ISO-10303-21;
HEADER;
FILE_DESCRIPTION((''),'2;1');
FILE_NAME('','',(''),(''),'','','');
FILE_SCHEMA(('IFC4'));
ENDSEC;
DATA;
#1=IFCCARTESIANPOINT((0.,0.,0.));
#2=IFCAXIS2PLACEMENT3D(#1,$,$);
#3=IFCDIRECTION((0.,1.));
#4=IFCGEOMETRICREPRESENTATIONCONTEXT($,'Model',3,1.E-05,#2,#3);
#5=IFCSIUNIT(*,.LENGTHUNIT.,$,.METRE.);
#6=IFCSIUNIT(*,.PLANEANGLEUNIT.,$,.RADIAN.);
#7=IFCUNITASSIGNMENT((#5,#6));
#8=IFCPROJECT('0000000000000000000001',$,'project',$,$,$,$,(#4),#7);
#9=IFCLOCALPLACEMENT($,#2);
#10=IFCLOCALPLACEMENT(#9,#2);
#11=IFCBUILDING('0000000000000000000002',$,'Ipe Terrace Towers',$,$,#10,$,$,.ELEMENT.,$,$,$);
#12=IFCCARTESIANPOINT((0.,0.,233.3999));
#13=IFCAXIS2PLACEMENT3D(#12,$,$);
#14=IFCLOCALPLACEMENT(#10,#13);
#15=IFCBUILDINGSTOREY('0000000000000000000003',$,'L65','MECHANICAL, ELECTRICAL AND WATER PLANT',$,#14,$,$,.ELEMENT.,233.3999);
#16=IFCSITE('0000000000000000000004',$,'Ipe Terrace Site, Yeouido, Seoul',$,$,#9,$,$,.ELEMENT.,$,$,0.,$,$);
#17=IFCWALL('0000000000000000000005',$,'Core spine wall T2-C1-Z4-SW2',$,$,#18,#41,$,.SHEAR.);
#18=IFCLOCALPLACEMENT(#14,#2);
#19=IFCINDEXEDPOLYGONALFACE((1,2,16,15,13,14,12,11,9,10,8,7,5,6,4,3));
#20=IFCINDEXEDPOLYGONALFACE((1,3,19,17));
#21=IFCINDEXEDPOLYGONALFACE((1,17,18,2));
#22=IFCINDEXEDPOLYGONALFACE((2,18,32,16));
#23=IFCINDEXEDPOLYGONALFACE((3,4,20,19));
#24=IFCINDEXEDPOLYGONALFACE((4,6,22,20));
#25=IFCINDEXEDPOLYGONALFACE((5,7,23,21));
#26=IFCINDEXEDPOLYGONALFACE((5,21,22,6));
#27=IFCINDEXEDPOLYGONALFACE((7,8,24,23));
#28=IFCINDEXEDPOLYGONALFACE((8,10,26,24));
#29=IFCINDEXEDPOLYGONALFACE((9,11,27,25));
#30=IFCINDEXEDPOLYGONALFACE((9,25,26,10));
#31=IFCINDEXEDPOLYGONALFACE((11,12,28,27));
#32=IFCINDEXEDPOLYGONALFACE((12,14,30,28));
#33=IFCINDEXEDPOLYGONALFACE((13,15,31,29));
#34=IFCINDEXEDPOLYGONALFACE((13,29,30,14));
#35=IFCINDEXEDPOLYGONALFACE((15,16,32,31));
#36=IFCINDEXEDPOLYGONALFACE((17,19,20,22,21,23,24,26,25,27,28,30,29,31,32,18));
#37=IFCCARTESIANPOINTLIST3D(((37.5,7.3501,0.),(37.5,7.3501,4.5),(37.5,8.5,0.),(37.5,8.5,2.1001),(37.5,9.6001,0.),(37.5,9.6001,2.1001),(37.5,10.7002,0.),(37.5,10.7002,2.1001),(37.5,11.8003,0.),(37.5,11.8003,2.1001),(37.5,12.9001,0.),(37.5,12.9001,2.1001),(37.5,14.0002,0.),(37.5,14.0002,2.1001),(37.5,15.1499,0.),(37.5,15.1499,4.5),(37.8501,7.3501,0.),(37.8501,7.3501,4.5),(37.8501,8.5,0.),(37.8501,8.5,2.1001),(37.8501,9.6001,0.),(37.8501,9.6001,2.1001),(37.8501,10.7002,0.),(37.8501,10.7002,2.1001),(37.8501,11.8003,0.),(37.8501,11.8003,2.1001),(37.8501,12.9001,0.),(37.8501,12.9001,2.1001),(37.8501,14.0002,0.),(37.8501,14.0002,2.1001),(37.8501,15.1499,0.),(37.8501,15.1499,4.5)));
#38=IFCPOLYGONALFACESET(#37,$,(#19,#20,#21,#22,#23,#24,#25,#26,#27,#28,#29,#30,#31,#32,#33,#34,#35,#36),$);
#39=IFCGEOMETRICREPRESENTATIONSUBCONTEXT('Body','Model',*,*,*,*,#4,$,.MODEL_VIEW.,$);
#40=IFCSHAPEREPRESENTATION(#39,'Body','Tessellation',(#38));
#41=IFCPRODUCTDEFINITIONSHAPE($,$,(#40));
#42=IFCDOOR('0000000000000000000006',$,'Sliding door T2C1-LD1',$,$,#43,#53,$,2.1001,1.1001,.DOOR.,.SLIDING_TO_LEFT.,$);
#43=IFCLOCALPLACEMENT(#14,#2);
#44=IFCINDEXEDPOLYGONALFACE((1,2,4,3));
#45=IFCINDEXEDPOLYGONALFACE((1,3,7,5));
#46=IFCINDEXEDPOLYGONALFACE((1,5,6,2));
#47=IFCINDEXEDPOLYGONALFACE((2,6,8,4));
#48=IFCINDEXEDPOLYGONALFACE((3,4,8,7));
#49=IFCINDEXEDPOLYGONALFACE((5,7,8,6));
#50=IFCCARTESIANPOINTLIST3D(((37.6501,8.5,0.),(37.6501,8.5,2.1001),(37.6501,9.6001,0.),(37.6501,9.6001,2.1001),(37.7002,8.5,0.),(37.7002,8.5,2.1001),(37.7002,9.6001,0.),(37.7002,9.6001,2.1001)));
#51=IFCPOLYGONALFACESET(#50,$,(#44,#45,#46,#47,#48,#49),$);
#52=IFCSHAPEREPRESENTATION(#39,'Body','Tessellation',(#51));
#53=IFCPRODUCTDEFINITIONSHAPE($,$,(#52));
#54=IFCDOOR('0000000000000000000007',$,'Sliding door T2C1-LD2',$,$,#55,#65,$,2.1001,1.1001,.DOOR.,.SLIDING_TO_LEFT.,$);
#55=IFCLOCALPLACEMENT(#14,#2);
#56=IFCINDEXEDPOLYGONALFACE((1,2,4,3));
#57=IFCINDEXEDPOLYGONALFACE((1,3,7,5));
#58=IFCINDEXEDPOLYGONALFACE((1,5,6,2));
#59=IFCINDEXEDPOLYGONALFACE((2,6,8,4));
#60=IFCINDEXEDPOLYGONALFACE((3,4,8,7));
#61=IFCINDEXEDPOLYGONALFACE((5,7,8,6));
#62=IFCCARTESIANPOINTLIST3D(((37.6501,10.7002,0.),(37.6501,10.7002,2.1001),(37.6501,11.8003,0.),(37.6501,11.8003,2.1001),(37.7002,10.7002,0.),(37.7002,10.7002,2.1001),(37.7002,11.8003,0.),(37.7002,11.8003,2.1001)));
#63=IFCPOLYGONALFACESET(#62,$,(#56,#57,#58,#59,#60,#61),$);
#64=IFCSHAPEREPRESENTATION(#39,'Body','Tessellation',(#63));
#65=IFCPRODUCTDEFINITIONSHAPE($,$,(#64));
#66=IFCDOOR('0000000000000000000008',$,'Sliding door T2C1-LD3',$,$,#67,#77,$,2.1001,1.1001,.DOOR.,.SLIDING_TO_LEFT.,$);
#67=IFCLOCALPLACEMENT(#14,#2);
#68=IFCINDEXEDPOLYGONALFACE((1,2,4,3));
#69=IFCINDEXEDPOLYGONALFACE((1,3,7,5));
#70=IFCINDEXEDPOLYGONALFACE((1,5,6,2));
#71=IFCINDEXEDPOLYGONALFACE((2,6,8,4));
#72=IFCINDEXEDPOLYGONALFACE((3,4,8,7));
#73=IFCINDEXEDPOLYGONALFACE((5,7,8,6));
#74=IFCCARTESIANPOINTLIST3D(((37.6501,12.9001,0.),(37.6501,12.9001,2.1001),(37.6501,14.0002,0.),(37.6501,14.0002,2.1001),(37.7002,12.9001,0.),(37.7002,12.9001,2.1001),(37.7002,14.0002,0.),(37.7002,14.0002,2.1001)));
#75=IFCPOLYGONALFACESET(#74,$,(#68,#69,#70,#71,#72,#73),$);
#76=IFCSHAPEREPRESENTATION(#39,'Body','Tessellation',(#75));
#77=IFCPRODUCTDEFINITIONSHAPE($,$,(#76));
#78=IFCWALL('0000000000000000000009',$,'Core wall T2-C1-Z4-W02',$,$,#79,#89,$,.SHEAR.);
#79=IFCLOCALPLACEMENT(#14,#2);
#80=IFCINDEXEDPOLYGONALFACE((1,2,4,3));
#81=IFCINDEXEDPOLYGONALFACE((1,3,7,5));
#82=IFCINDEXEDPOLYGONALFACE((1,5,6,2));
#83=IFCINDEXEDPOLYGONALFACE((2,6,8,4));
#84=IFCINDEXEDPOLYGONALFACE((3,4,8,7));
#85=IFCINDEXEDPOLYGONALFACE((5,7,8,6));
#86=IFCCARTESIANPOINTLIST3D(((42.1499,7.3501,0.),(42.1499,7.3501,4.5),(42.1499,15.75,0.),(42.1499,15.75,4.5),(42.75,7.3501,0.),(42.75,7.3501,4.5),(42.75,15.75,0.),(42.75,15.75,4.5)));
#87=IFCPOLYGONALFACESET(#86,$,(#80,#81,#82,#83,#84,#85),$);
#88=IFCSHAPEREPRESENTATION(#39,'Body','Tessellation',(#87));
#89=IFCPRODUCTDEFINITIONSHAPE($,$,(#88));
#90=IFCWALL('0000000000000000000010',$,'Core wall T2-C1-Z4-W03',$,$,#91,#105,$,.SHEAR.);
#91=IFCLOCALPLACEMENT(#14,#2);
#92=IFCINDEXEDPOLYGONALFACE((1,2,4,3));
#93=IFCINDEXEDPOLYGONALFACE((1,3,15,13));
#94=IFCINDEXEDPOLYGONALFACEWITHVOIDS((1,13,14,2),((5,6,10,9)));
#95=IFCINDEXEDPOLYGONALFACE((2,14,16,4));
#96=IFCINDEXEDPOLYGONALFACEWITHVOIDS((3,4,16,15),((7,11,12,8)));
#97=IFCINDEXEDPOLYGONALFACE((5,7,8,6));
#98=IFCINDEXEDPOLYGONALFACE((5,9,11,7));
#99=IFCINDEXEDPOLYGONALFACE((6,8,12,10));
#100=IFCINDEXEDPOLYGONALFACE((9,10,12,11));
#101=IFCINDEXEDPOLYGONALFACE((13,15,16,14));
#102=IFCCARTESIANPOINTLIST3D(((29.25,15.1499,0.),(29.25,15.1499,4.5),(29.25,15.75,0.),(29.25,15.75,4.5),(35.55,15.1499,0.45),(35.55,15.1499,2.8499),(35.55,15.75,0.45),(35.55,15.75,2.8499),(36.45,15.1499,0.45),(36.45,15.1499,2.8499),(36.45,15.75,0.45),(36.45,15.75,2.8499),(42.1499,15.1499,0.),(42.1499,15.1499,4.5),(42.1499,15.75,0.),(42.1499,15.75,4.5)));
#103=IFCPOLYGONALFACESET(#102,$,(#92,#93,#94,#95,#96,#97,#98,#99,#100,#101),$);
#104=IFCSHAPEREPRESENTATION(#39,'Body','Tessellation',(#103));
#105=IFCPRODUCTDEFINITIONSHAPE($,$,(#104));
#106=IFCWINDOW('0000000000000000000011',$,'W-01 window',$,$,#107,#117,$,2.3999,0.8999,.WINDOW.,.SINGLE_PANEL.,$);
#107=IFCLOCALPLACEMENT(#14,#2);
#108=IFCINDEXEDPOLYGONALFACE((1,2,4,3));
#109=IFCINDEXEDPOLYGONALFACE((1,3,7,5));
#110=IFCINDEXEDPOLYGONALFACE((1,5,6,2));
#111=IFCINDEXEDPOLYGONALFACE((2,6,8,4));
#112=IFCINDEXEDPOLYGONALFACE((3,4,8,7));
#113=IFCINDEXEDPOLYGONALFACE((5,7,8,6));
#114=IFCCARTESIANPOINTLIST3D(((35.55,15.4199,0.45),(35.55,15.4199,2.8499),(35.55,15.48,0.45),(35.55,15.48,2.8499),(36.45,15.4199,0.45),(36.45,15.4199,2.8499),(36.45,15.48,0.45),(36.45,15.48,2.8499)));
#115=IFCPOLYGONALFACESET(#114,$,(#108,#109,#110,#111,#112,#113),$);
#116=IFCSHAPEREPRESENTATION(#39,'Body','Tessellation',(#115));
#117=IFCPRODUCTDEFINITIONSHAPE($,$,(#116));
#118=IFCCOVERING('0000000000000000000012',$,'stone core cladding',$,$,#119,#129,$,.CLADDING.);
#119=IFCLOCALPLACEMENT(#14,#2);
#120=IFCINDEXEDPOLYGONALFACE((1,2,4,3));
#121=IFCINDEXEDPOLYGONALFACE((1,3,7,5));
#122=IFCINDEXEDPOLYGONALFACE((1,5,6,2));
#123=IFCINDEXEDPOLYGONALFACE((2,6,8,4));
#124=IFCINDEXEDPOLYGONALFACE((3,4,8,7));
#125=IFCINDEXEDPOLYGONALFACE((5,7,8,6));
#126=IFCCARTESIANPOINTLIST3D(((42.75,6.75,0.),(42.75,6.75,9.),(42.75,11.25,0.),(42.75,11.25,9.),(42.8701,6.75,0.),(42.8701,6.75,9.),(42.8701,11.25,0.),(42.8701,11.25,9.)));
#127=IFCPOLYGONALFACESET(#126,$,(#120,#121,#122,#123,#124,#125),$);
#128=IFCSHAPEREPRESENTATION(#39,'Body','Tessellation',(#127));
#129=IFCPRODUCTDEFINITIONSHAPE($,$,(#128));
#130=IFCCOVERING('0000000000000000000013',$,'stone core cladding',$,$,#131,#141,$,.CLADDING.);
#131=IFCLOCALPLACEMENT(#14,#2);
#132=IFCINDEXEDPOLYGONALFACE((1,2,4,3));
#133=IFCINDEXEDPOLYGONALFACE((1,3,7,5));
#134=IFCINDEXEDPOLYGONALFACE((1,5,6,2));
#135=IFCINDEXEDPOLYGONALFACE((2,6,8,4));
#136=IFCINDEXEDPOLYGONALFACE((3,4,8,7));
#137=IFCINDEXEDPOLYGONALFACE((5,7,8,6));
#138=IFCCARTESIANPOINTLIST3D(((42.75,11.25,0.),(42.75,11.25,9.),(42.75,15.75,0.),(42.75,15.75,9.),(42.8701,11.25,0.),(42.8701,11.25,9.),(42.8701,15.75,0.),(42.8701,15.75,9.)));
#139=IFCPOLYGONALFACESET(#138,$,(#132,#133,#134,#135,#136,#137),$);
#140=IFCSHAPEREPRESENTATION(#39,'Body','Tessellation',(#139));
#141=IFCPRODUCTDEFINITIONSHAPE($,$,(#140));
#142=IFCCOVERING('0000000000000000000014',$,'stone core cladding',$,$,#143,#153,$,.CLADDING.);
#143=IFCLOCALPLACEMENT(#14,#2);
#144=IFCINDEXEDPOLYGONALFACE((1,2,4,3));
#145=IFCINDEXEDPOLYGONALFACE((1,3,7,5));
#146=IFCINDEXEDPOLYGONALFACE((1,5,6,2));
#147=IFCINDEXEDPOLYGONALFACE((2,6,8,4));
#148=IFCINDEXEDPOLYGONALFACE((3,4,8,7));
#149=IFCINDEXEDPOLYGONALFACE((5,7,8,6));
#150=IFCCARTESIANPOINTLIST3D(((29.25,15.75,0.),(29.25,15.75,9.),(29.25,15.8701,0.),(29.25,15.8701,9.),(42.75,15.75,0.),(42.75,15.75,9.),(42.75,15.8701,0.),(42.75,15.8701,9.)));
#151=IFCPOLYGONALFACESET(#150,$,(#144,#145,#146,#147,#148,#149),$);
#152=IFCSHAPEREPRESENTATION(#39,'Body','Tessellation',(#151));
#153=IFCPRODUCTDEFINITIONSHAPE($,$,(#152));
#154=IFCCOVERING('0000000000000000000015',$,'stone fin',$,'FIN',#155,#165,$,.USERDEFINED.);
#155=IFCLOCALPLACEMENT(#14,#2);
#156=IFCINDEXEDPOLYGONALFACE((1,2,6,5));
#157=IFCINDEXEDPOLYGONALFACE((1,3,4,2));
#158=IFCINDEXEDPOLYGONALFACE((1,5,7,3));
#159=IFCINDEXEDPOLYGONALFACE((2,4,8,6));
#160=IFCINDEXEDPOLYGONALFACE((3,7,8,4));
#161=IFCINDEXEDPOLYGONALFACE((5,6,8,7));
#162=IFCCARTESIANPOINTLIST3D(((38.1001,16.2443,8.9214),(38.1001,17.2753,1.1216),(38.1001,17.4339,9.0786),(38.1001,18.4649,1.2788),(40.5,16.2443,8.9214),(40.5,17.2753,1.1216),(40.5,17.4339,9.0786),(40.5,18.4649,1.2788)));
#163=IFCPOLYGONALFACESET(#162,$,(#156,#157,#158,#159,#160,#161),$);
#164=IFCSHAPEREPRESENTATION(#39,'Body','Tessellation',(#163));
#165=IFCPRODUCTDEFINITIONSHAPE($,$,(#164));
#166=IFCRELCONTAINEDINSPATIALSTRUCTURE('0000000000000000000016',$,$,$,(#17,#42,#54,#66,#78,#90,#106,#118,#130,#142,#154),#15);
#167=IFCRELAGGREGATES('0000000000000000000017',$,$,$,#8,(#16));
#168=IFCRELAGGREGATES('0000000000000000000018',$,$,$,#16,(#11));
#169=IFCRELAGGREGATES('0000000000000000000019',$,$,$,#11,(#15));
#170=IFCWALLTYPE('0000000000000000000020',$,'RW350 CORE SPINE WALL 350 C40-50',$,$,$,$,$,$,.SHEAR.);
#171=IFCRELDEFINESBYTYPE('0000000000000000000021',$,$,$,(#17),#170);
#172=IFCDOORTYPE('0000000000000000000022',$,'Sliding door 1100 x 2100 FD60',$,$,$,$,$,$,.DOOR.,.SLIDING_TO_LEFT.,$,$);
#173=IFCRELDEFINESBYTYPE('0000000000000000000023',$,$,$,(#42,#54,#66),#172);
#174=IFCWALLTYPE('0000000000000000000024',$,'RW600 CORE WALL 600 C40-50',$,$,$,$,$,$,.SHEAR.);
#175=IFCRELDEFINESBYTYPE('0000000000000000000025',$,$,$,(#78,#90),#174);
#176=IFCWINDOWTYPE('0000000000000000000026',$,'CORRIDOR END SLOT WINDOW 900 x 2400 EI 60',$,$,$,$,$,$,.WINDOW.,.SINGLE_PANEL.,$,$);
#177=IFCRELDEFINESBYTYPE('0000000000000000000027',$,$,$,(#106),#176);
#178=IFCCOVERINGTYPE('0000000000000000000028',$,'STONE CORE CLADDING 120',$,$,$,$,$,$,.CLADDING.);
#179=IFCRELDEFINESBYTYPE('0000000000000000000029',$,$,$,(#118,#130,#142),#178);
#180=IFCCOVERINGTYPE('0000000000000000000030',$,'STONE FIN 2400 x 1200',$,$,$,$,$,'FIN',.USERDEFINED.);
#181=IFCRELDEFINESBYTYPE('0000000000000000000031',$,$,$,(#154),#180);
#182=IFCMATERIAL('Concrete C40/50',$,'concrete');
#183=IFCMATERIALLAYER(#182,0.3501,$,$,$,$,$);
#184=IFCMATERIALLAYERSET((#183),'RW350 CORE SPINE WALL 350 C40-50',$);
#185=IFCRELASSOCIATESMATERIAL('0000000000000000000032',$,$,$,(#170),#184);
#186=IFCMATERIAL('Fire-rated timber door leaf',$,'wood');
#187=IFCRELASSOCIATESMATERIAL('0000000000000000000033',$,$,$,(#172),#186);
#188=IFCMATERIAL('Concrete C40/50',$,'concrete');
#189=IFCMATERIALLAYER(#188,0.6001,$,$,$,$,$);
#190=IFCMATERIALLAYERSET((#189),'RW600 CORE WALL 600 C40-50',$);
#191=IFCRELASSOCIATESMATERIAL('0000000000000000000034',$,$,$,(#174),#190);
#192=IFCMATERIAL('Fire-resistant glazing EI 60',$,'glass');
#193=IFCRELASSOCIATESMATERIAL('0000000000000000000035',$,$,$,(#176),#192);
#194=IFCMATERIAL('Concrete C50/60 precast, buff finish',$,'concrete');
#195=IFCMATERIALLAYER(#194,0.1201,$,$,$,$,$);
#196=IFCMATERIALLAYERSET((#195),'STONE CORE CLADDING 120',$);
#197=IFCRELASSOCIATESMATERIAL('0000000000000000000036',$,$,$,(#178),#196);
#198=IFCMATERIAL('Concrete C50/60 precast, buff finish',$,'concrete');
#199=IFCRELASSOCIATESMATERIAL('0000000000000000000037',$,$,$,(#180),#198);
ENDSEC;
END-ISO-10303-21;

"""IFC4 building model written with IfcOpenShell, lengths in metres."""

from ifc_helpers import new_model, si_unit, direction, frame, frame_2d, origin, origin_2d, place, context, subcontext, project, spatial, rectangle, extrude, material, layer, layer_set, material_profile, profile_set, type_object, element, fill, save


model = new_model("IFC4")

# Units and contexts
model_context = context("Model", 3, precision=1e-05, world=origin(), true_north=direction((0.0, 1.0)))
body_context = subcontext(model_context, "Body", "Model", "MODEL_VIEW")
ifc_project = project(units=[si_unit("LENGTHUNIT", "METRE"), si_unit("PLANEANGLEUNIT", "RADIAN")], contexts=[model_context])

# Site, building, storey
site_placement = place(None, origin())
site = spatial("IfcSite", under=ifc_project, at=site_placement, Name="Ipe Terrace Site, Yeouido, Seoul", CompositionType="ELEMENT", RefElevation=0.0)
building_placement = place(site_placement, origin())
building = spatial("IfcBuilding", under=site, at=building_placement, Name="Ipe Terrace Towers", CompositionType="ELEMENT")
storey_placement = place(building_placement, frame((0.0, 0.0, 233.3999)))
storey = spatial("IfcBuildingStorey", under=building, at=storey_placement, Name="L65", Description="MECHANICAL, ELECTRICAL AND WATER PLANT", CompositionType="ELEMENT", Elevation=233.3999)

# Shared definitions
ifc_material_1 = material(Name="Concrete C40/50", Category="concrete")
ifc_layer_1 = layer(ifc_material_1, 0.3501)
ifc_layer_set_1 = layer_set([ifc_layer_1], Name="RW350 CORE SPINE WALL 350 C40-50")
wall_type_1 = type_object("IfcWallType", Name="RW350 CORE SPINE WALL 350 C40-50", PredefinedType="SHEAR", material=ifc_layer_set_1)

# Wall, openings, doors
wall_1_placement = place(storey_placement, frame((37.675, 7.3501, 0.0), z_axis=(0.0, 0.0, 1.0), x_axis=(0.0, 1.0, 0.0)))
wall_1 = element("IfcWall", 1, at=wall_1_placement, inside=storey, type_object=wall_type_1, Name="Core spine wall T2-C1-Z4-SW2", PredefinedType="SHEAR", context=body_context, shape_type="SweptSolid", body=[
    extrude(rectangle(XDim=7.7998, YDim=0.3501, at=frame_2d((3.8999, 0.0))), origin(), (0.0, 0.0, 1.0), 4.5),
])
opening_1_placement = place(wall_1_placement, frame((1.1499, 0.0, 0.0)))
opening_1 = element("IfcOpeningElement", 2, at=opening_1_placement, cuts=wall_1, PredefinedType="OPENING", context=body_context, shape_type="SweptSolid", body=[
    extrude(rectangle(XDim=1.1001, YDim=2.1001, at=frame_2d((0.55, 1.05))), frame((0.0, 0.1851, 0.0), z_axis=(0.0, -1.0, 0.0), x_axis=(1.0, 0.0, 0.0)), (0.0, 0.0, 1.0), 0.3701),
])
opening_2_placement = place(wall_1_placement, frame((3.3501, 0.0, 0.0)))
opening_2 = element("IfcOpeningElement", 3, at=opening_2_placement, cuts=wall_1, PredefinedType="OPENING", context=body_context, shape_type="SweptSolid", body=[
    extrude(rectangle(XDim=1.1001, YDim=2.1001, at=frame_2d((0.55, 1.05))), frame((0.0, 0.1851, 0.0), z_axis=(0.0, -1.0, 0.0), x_axis=(1.0, 0.0, 0.0)), (0.0, 0.0, 1.0), 0.3701),
])
opening_3_placement = place(wall_1_placement, frame((5.55, 0.0, 0.0)))
opening_3 = element("IfcOpeningElement", 4, at=opening_3_placement, cuts=wall_1, PredefinedType="OPENING", context=body_context, shape_type="SweptSolid", body=[
    extrude(rectangle(XDim=1.1001, YDim=2.1001, at=frame_2d((0.55, 1.05))), frame((0.0, 0.1851, 0.0), z_axis=(0.0, -1.0, 0.0), x_axis=(1.0, 0.0, 0.0)), (0.0, 0.0, 1.0), 0.3701),
])
ifc_material_2 = material(Name="Fire-rated timber door leaf", Category="wood")
door_type_1 = type_object("IfcDoorType", Name="Sliding door 1100 x 2100 FD60", OperationType="SLIDING_TO_LEFT", PredefinedType="DOOR", material=ifc_material_2)
door_1_placement = place(opening_1_placement, origin())
door_1 = element("IfcDoor", 5, at=door_1_placement, inside=storey, type_object=door_type_1, Name="Sliding door T2C1-LD1", OperationType="SLIDING_TO_LEFT", OverallHeight=2.1001, OverallWidth=1.1001, PredefinedType="DOOR", context=body_context, shape_type="SweptSolid", body=[
    extrude(rectangle(XDim=1.1001, YDim=2.1001, at=frame_2d((0.55, 1.05))), frame((0.0, 0.0249, 0.0), z_axis=(0.0, -1.0, 0.0), x_axis=(1.0, 0.0, 0.0)), (0.0, 0.0, 1.0), 0.05),
])
fill(opening_1, door_1)
door_2_placement = place(opening_2_placement, origin())
door_2 = element("IfcDoor", 6, at=door_2_placement, inside=storey, type_object=door_type_1, Name="Sliding door T2C1-LD2", OperationType="SLIDING_TO_LEFT", OverallHeight=2.1001, OverallWidth=1.1001, PredefinedType="DOOR", context=body_context, shape_type="SweptSolid", body=[
    extrude(rectangle(XDim=1.1001, YDim=2.1001, at=frame_2d((0.55, 1.05))), frame((0.0, 0.0249, 0.0), z_axis=(0.0, -1.0, 0.0), x_axis=(1.0, 0.0, 0.0)), (0.0, 0.0, 1.0), 0.05),
])
fill(opening_2, door_2)
door_3_placement = place(opening_3_placement, origin())
door_3 = element("IfcDoor", 7, at=door_3_placement, inside=storey, type_object=door_type_1, Name="Sliding door T2C1-LD3", OperationType="SLIDING_TO_LEFT", OverallHeight=2.1001, OverallWidth=1.1001, PredefinedType="DOOR", context=body_context, shape_type="SweptSolid", body=[
    extrude(rectangle(XDim=1.1001, YDim=2.1001, at=frame_2d((0.55, 1.05))), frame((0.0, 0.0249, 0.0), z_axis=(0.0, -1.0, 0.0), x_axis=(1.0, 0.0, 0.0)), (0.0, 0.0, 1.0), 0.05),
])
fill(opening_3, door_3)

# Wall
ifc_material_3 = material(Name="Concrete C40/50", Category="concrete")
ifc_layer_2 = layer(ifc_material_3, 0.6001)
ifc_layer_set_2 = layer_set([ifc_layer_2], Name="RW600 CORE WALL 600 C40-50")
wall_type_2 = type_object("IfcWallType", Name="RW600 CORE WALL 600 C40-50", PredefinedType="SHEAR", material=ifc_layer_set_2)
wall_2_placement = place(storey_placement, frame((42.45, 7.3501, 0.0), z_axis=(0.0, 0.0, 1.0), x_axis=(0.0, 1.0, 0.0)))
element("IfcWall", 8, at=wall_2_placement, inside=storey, type_object=wall_type_2, Name="Core wall T2-C1-Z4-W02", PredefinedType="SHEAR", context=body_context, shape_type="SweptSolid", body=[
    extrude(rectangle(XDim=8.3999, YDim=0.6001, at=frame_2d((4.2, 0.0))), origin(), (0.0, 0.0, 1.0), 4.5),
])

# Wall, opening, window
wall_3_placement = place(storey_placement, frame((42.1499, 15.45, 0.0), z_axis=(0.0, 0.0, 1.0), x_axis=(-1.0, 0.0, 0.0)))
wall_3 = element("IfcWall", 9, at=wall_3_placement, inside=storey, type_object=wall_type_2, Name="Core wall T2-C1-Z4-W03", PredefinedType="SHEAR", context=body_context, shape_type="SweptSolid", body=[
    extrude(rectangle(XDim=12.8999, YDim=0.6001, at=frame_2d((6.45, 0.0))), origin(), (0.0, 0.0, 1.0), 4.5),
])
opening_4_placement = place(wall_3_placement, frame((5.7, 0.0, 0.45)))
opening_4 = element("IfcOpeningElement", 10, at=opening_4_placement, cuts=wall_3, PredefinedType="OPENING", context=body_context, shape_type="SweptSolid", body=[
    extrude(rectangle(XDim=0.8999, YDim=2.3999, at=frame_2d((0.45, 1.2))), frame((0.0, 0.3101, 0.0), z_axis=(0.0, -1.0, 0.0), x_axis=(1.0, 0.0, 0.0)), (0.0, 0.0, 1.0), 0.6201),
])
ifc_material_4 = material(Name="Fire-resistant glazing EI 60", Category="glass")
window_type = type_object("IfcWindowType", Name="CORRIDOR END SLOT WINDOW 900 x 2400 EI 60", PartitioningType="SINGLE_PANEL", PredefinedType="WINDOW", material=ifc_material_4)
window_placement = place(opening_4_placement, origin())
window = element("IfcWindow", 11, at=window_placement, inside=storey, type_object=window_type, Name="W-01 window", OverallHeight=2.3999, OverallWidth=0.8999, PartitioningType="SINGLE_PANEL", PredefinedType="WINDOW", context=body_context, shape_type="SweptSolid", body=[
    extrude(rectangle(XDim=0.8999, YDim=2.3999, at=frame_2d((0.45, 1.2))), frame((0.0, 0.03, 0.0), z_axis=(0.0, -1.0, 0.0), x_axis=(1.0, 0.0, 0.0)), (0.0, 0.0, 1.0), 0.0601),
])
fill(opening_4, window)

# Coverings
ifc_material_5 = material(Name="Concrete C50/60 precast, buff finish", Category="concrete")
ifc_layer_3 = layer(ifc_material_5, 0.1201)
ifc_layer_set_3 = layer_set([ifc_layer_3], Name="STONE CORE CLADDING 120")
covering_type_1 = type_object("IfcCoveringType", Name="STONE CORE CLADDING 120", PredefinedType="CLADDING", material=ifc_layer_set_3)
for number, where, z_axis, x_axis, name in (
    (12, (42.8101, 9.0, 0.0), (0.0, 0.0, 1.0), (0.0, 1.0, 0.0), "stone core cladding"),
    (13, (42.8101, 13.5, 0.0), (0.0, 0.0, 1.0), (0.0, 1.0, 0.0), "stone core cladding"),
):
    element("IfcCovering", number, at=place(storey_placement, frame(where, z_axis=z_axis, x_axis=x_axis)), inside=storey, type_object=covering_type_1, Name=name, PredefinedType="CLADDING", context=body_context, shape_type="SweptSolid", body=[
        extrude(rectangle(XDim=4.5, YDim=0.1201, at=origin_2d()), origin(), (0.0, 0.0, 1.0), 9.0),
    ])
covering_1_placement = place(storey_placement, frame((36.0, 15.8101, 0.0), z_axis=(0.0, 0.0, 1.0), x_axis=(-1.0, 0.0, 0.0)))
element("IfcCovering", 14, at=covering_1_placement, inside=storey, type_object=covering_type_1, Name="stone core cladding", PredefinedType="CLADDING", context=body_context, shape_type="SweptSolid", body=[
    extrude(rectangle(XDim=13.5, YDim=0.1201, at=origin_2d()), origin(), (0.0, 0.0, 1.0), 9.0),
])
ifc_material_6 = material(Name="Concrete C50/60 precast, buff finish", Category="concrete")
ifc_material_profile_1 = material_profile(ifc_material_6, rectangle(XDim=2.3999, YDim=1.2, at=origin_2d()), Name="STONE FIN 2400 x 1200")
ifc_profile_set_1 = profile_set([ifc_material_profile_1], Name="Concrete C50/60 precast, buff finish")
covering_type_2 = type_object("IfcCoveringType", Name="STONE FIN 2400 x 1200", ElementType="FIN", PredefinedType="USERDEFINED", material=ifc_profile_set_1)
covering_2_placement = place(storey_placement, frame((39.3, 17.8701, 1.2002), z_axis=(0.0, -0.131044, 0.991377), x_axis=(-1.0, 0.0, 0.0)))
element("IfcCovering", 15, at=covering_2_placement, inside=storey, type_object=covering_type_2, Name="stone fin", ObjectType="FIN", PredefinedType="USERDEFINED", context=body_context, shape_type="SweptSolid", body=[
    extrude(rectangle(XDim=2.3999, YDim=1.2, at=origin_2d()), origin(), (0.0, 0.0, 1.0), 7.8677),
])

save(model, "model.ifc")
